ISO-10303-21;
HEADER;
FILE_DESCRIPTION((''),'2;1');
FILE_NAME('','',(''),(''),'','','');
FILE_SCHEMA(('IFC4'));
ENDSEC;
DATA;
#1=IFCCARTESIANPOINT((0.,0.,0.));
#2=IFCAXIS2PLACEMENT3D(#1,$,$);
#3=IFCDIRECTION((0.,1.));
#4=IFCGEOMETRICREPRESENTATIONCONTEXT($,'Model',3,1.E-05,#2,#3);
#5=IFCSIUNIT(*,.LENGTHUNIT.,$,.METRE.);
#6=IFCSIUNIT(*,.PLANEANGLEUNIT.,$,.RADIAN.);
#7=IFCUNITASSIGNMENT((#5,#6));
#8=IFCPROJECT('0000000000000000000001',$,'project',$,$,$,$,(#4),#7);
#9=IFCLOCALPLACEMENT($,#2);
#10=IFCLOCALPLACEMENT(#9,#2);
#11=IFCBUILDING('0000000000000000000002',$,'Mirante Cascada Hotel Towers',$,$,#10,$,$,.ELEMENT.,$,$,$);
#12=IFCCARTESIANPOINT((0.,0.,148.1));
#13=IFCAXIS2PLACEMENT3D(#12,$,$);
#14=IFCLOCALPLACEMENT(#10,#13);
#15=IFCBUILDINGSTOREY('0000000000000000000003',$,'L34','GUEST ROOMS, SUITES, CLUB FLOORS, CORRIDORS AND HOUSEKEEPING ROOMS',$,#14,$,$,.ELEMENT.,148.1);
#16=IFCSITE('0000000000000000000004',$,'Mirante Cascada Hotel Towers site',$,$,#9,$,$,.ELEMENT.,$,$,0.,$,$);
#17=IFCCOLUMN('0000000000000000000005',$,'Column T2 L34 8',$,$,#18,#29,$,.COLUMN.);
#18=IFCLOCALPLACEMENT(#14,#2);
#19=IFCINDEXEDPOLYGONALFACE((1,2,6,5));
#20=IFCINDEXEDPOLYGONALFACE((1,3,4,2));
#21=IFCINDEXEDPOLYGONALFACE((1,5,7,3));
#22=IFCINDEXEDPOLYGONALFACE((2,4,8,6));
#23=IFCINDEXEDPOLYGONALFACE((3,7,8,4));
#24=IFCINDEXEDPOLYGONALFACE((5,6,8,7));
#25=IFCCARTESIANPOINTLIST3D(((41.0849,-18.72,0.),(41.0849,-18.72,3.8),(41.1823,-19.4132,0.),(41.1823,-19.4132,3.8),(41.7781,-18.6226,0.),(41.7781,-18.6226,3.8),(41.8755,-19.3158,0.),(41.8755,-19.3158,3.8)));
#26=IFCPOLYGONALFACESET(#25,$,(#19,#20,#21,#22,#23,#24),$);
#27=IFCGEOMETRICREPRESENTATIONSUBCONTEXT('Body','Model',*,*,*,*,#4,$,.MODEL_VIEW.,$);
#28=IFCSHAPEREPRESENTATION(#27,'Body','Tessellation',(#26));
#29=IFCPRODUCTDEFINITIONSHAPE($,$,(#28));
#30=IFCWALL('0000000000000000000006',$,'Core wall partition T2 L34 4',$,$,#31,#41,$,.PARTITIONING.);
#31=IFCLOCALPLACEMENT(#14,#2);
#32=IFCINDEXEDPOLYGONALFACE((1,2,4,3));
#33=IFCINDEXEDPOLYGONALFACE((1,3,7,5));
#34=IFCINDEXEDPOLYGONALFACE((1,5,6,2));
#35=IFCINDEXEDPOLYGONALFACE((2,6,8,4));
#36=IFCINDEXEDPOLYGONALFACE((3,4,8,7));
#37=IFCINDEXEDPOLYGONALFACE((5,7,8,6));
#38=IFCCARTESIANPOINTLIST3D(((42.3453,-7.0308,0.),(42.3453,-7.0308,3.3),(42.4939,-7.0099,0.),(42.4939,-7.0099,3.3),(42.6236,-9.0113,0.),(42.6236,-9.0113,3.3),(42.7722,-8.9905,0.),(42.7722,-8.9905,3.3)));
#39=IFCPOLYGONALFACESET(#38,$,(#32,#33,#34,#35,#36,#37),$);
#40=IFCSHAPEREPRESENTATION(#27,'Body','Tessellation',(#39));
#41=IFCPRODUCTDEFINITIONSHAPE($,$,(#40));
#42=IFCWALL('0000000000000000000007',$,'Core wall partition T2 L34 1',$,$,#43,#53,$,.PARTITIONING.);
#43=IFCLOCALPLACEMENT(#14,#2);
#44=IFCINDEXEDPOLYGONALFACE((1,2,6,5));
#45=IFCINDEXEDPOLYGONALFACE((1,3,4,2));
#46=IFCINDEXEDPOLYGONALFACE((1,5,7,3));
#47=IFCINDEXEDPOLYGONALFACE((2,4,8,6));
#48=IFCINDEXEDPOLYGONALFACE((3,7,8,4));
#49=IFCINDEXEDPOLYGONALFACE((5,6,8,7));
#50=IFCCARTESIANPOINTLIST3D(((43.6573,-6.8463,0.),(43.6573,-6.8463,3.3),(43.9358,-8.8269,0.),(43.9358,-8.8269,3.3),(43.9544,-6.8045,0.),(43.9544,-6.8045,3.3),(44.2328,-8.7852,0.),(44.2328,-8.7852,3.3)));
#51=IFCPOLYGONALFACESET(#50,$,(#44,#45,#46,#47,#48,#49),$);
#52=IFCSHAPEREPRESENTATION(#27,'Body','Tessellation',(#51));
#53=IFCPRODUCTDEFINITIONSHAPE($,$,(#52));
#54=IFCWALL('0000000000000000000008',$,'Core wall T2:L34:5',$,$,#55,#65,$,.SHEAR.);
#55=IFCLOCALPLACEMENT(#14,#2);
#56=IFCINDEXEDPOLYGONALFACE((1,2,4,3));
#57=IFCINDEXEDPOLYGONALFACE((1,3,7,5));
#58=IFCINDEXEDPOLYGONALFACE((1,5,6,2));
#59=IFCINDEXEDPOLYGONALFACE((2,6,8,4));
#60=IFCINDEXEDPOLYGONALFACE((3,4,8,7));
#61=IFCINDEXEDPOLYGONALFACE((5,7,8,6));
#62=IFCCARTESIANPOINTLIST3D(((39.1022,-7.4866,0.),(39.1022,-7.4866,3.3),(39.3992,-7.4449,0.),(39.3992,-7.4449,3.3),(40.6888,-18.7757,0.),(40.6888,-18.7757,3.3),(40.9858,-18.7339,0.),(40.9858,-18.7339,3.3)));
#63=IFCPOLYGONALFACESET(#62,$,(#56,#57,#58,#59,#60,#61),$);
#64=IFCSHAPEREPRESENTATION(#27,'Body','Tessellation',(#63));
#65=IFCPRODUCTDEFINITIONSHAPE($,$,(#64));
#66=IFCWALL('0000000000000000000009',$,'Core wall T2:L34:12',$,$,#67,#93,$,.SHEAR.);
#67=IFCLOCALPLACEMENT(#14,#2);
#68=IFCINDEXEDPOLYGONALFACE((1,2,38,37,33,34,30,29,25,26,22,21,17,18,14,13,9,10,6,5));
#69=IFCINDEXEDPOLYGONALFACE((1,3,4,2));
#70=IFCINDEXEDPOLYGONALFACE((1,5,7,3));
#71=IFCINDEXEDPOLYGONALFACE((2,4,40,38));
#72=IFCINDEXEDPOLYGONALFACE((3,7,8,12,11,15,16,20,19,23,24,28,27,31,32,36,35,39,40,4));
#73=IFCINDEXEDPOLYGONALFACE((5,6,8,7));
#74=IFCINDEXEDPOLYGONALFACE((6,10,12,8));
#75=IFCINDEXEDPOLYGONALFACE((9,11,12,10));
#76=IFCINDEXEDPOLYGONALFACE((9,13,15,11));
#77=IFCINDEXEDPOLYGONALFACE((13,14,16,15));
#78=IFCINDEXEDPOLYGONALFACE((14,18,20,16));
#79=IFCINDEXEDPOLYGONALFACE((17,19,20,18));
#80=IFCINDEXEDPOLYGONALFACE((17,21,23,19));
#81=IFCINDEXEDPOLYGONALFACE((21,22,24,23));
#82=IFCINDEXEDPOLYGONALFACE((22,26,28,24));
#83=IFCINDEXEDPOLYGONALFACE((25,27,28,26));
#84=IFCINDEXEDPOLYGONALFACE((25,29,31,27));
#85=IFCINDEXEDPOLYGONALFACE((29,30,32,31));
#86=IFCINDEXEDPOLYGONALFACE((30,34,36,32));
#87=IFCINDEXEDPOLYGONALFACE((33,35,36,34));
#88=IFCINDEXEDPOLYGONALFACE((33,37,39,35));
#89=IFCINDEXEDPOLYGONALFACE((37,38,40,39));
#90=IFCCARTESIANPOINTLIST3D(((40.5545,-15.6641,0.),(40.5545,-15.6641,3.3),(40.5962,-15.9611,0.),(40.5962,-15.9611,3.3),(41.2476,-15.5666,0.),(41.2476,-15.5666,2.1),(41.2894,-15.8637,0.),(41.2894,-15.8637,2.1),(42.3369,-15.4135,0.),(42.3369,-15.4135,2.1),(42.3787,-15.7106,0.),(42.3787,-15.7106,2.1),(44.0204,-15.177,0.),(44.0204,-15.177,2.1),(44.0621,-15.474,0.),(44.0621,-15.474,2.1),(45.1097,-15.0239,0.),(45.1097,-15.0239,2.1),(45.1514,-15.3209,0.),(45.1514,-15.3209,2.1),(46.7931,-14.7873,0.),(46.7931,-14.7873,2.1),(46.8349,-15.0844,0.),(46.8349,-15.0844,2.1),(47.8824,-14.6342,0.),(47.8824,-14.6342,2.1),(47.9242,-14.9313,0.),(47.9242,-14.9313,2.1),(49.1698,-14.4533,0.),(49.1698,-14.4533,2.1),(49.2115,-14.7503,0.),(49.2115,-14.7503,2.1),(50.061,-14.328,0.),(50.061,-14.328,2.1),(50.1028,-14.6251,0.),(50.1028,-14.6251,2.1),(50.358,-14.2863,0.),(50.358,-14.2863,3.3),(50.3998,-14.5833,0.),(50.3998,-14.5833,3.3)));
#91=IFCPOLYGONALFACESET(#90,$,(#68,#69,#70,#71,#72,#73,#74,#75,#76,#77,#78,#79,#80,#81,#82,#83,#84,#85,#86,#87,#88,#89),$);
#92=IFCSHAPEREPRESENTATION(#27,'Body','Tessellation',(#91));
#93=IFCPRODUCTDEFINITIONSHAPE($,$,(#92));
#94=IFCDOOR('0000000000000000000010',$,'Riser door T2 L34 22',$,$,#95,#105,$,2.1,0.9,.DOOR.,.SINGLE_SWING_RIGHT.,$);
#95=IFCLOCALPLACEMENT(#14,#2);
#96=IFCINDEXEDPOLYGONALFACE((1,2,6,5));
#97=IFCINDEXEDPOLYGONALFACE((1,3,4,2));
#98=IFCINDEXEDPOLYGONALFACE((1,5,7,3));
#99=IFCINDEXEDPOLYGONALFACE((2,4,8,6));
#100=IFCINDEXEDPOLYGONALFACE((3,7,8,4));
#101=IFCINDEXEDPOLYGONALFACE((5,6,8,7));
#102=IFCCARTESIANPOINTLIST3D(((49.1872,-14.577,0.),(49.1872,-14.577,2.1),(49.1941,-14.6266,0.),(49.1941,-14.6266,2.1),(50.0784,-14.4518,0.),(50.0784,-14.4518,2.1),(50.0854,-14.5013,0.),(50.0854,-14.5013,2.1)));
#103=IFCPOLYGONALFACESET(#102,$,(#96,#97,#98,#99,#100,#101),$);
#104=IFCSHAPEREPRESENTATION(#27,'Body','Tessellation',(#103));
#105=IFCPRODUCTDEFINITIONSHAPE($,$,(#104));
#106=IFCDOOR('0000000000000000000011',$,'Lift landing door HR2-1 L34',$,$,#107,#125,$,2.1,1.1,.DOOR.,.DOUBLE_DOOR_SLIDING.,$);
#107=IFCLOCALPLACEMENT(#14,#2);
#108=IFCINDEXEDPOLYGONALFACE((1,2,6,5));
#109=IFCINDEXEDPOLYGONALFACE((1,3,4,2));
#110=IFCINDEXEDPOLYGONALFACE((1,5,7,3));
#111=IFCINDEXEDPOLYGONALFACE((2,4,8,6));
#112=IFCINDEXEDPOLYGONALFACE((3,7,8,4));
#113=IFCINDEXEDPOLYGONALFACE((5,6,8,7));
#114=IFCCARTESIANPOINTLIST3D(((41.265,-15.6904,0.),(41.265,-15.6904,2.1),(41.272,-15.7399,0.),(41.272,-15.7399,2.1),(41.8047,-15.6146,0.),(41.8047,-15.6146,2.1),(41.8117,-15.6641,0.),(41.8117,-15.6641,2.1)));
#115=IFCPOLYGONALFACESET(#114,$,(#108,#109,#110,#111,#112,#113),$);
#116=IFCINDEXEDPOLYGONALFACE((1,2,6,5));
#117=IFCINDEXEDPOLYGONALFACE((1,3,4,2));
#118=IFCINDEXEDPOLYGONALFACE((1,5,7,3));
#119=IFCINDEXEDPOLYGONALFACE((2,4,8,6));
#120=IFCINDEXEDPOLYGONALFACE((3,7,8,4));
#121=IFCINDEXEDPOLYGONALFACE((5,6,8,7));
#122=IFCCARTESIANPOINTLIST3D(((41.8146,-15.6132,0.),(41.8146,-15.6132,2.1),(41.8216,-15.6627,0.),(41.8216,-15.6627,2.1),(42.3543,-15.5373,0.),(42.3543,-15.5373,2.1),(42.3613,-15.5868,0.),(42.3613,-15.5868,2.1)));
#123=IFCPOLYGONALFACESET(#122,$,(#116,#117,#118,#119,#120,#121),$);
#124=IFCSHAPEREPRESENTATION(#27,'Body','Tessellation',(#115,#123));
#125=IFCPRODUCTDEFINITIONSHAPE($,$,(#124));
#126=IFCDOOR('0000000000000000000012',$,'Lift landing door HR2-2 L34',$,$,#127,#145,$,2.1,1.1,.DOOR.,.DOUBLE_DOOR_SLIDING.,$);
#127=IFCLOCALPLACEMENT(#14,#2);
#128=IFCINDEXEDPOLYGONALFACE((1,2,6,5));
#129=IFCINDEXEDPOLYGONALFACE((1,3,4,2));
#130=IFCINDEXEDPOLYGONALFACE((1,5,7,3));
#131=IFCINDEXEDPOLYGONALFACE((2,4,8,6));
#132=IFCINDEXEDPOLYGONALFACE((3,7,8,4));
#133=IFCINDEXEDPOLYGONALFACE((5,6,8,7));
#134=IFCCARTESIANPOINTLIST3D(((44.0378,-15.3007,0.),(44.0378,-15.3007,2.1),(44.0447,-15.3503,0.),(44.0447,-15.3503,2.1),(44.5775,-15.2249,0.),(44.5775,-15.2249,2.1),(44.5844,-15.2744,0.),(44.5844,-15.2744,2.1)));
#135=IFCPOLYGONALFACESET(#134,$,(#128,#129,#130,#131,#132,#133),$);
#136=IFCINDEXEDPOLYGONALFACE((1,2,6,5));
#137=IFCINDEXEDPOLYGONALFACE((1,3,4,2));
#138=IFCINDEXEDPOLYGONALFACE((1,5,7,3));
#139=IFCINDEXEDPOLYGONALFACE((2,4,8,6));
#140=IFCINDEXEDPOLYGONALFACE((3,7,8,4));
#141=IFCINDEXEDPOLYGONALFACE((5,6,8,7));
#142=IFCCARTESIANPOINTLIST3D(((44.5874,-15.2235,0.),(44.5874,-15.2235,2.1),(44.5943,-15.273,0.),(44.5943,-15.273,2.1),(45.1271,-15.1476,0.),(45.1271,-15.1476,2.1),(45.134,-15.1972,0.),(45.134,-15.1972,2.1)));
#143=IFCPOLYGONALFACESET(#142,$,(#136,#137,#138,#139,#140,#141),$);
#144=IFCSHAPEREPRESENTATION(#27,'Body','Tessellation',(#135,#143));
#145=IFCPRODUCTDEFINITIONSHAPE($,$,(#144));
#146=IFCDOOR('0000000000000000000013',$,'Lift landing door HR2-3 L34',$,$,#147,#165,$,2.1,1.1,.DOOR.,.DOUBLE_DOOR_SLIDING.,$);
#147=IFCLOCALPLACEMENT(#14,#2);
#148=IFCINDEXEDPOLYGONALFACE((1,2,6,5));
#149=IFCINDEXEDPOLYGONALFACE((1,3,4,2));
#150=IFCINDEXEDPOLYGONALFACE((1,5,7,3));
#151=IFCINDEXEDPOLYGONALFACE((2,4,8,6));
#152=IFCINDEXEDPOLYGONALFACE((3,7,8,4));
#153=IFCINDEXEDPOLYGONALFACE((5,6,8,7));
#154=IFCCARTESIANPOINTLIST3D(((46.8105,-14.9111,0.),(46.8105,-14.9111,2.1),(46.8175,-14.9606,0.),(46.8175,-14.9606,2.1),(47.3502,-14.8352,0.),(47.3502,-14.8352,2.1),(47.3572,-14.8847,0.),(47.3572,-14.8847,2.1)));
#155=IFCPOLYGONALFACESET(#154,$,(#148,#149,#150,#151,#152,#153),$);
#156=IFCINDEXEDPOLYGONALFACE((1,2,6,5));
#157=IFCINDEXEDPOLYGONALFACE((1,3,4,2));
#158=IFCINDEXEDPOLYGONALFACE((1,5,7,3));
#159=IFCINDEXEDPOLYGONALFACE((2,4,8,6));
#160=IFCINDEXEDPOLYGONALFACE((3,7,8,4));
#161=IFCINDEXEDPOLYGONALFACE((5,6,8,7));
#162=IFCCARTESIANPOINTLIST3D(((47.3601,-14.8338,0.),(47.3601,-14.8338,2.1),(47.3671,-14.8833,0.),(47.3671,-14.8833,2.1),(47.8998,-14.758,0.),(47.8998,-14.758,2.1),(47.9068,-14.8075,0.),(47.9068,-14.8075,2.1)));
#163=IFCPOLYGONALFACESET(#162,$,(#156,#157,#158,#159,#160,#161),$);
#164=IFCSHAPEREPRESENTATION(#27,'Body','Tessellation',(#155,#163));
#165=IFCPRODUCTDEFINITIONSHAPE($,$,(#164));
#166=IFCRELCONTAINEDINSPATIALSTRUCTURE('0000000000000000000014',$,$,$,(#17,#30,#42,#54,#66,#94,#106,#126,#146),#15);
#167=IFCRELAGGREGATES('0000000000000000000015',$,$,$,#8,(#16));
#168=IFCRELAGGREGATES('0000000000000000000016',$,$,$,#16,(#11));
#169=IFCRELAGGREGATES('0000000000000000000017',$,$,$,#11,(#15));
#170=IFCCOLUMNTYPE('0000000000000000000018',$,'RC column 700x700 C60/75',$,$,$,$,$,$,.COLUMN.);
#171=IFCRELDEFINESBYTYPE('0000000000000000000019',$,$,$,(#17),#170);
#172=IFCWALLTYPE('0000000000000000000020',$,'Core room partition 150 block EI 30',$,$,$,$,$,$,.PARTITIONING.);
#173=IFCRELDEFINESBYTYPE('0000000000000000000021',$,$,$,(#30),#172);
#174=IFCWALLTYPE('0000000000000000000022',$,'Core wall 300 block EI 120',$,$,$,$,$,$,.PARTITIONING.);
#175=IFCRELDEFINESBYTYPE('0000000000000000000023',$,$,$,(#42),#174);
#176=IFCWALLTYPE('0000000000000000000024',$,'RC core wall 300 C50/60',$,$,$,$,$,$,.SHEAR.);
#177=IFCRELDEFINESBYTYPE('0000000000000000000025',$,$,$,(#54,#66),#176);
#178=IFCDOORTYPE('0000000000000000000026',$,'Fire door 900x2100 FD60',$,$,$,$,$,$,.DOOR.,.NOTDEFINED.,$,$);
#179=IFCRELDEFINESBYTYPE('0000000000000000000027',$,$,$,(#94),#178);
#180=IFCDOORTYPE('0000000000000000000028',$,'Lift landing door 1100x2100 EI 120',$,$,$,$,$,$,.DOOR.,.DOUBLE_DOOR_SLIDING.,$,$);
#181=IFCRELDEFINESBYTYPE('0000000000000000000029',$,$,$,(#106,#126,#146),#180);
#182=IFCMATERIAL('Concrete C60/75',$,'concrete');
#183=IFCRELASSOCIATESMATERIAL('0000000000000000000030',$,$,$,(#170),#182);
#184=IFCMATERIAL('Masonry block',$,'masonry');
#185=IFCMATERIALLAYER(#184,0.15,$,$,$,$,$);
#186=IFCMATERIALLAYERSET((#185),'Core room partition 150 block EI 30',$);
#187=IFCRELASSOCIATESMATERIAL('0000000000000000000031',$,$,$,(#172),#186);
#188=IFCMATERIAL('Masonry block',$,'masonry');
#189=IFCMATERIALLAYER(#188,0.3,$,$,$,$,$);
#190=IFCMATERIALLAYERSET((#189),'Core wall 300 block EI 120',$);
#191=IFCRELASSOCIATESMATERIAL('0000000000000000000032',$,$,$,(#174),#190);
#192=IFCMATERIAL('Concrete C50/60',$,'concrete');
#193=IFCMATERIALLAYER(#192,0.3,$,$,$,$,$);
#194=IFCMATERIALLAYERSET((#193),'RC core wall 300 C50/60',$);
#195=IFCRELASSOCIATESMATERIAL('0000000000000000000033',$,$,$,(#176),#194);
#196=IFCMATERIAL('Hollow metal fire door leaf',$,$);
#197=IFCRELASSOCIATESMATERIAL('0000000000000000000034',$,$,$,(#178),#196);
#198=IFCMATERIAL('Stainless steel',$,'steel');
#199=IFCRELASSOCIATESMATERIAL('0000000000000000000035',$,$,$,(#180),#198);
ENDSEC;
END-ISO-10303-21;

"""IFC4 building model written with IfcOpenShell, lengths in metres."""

from ifc_helpers import new_model, si_unit, direction, frame, frame_2d, origin, origin_2d, place, context, subcontext, project, spatial, rectangle, extrude, material, layer, layer_set, material_profile, profile_set, type_object, element, fill, save


model = new_model("IFC4")

# Units and contexts
model_context = context("Model", 3, precision=1e-05, world=origin(), true_north=direction((0.0, 1.0)))
body_context = subcontext(model_context, "Body", "Model", "MODEL_VIEW")
ifc_project = project(units=[si_unit("LENGTHUNIT", "METRE"), si_unit("PLANEANGLEUNIT", "RADIAN")], contexts=[model_context])

# Site, building, storey
site_placement = place(None, origin())
site = spatial("IfcSite", under=ifc_project, at=site_placement, Name="Mirante Cascada Hotel Towers site", CompositionType="ELEMENT", RefElevation=0.0)
building_placement = place(site_placement, origin())
building = spatial("IfcBuilding", under=site, at=building_placement, Name="Mirante Cascada Hotel Towers", CompositionType="ELEMENT")
storey_placement = place(building_placement, frame((0.0, 0.0, 148.1)))
storey = spatial("IfcBuildingStorey", under=building, at=storey_placement, Name="L34", Description="GUEST ROOMS, SUITES, CLUB FLOORS, CORRIDORS AND HOUSEKEEPING ROOMS", CompositionType="ELEMENT", Elevation=148.1)

# Column
ifc_material_1 = material(Name="Concrete C60/75", Category="concrete")
ifc_material_profile = material_profile(ifc_material_1, rectangle(XDim=0.7, YDim=0.7, at=origin_2d()), Name="RC column 700x700 C60/75")
ifc_profile_set = profile_set([ifc_material_profile], Name="Concrete C60/75")
column_type = type_object("IfcColumnType", Name="RC column 700x700 C60/75", PredefinedType="COLUMN", material=ifc_profile_set)
column_placement = place(storey_placement, frame((41.4802, -19.0179, 0.0), z_axis=(0.0, 0.0, 1.0), x_axis=(0.990268, 0.139173, 0.0)))
element("IfcColumn", 1, at=column_placement, inside=storey, type_object=column_type, Name="Column T2 L34 8", PredefinedType="COLUMN", context=body_context, shape_type="SweptSolid", body=[
    extrude(rectangle(XDim=0.7, YDim=0.7, at=origin_2d()), origin(), (0.0, 0.0, 1.0), 3.8),
])

# Walls
ifc_material_2 = material(Name="Masonry block", Category="masonry")
ifc_layer_1 = layer(ifc_material_2, 0.15)
ifc_layer_set_1 = layer_set([ifc_layer_1], Name="Core room partition 150 block EI 30")
wall_type_1 = type_object("IfcWallType", Name="Core room partition 150 block EI 30", PredefinedType="PARTITIONING", material=ifc_layer_set_1)
wall_1_placement = place(storey_placement, frame((42.6979, -9.0009, 0.0), z_axis=(0.0, 0.0, 1.0), x_axis=(-0.139153, 0.990271, 0.0)))
element("IfcWall", 2, at=wall_1_placement, inside=storey, type_object=wall_type_1, Name="Core wall partition T2 L34 4", PredefinedType="PARTITIONING", context=body_context, shape_type="SweptSolid", body=[
    extrude(rectangle(XDim=2.0, YDim=0.15, at=frame_2d((1.0, 0.0))), origin(), (0.0, 0.0, 1.0), 3.3),
])
ifc_material_3 = material(Name="Masonry block", Category="masonry")
ifc_layer_2 = layer(ifc_material_3, 0.3)
ifc_layer_set_2 = layer_set([ifc_layer_2], Name="Core wall 300 block EI 120")
wall_type_2 = type_object("IfcWallType", Name="Core wall 300 block EI 120", PredefinedType="PARTITIONING", material=ifc_layer_set_2)
wall_2_placement = place(storey_placement, frame((44.0843, -8.8061, 0.0), z_axis=(0.0, 0.0, 1.0), x_axis=(-0.139195, 0.990265, 0.0)))
element("IfcWall", 3, at=wall_2_placement, inside=storey, type_object=wall_type_2, Name="Core wall partition T2 L34 1", PredefinedType="PARTITIONING", context=body_context, shape_type="SweptSolid", body=[
    extrude(rectangle(XDim=2.0001, YDim=0.3, at=frame_2d((1.0001, 0.0))), origin(), (0.0, 0.0, 1.0), 3.3),
])
ifc_material_4 = material(Name="Concrete C50/60", Category="concrete")
ifc_layer_3 = layer(ifc_material_4, 0.3)
ifc_layer_set_3 = layer_set([ifc_layer_3], Name="RC core wall 300 C50/60")
wall_type_3 = type_object("IfcWallType", Name="RC core wall 300 C50/60", PredefinedType="SHEAR", material=ifc_layer_set_3)
wall_3_placement = place(storey_placement, frame((40.8373, -18.7548, 0.0), z_axis=(0.0, 0.0, 1.0), x_axis=(-0.139175, 0.990268, 0.0)))
element("IfcWall", 4, at=wall_3_placement, inside=storey, type_object=wall_type_3, Name="Core wall T2:L34:5", PredefinedType="SHEAR", context=body_context, shape_type="SweptSolid", body=[
    extrude(rectangle(XDim=11.4, YDim=0.3, at=frame_2d((5.7, 0.0))), origin(), (0.0, 0.0, 1.0), 3.3),
])

# Wall, openings, doors
wall_4_placement = place(storey_placement, frame((40.5753, -15.8126, 0.0), z_axis=(0.0, 0.0, 1.0), x_axis=(0.990268, 0.139173, 0.0)))
wall_4 = element("IfcWall", 5, at=wall_4_placement, inside=storey, type_object=wall_type_3, Name="Core wall T2:L34:12", PredefinedType="SHEAR", context=body_context, shape_type="SweptSolid", body=[
    extrude(rectangle(XDim=9.8999, YDim=0.3, at=frame_2d((4.95, 0.0))), origin(), (0.0, 0.0, 1.0), 3.3),
])
opening_1_placement = place(wall_4_placement, frame((0.7, 0.0, 0.0)))
opening_1 = element("IfcOpeningElement", 6, at=opening_1_placement, cuts=wall_4, PredefinedType="OPENING", context=body_context, shape_type="SweptSolid", body=[
    extrude(rectangle(XDim=1.1, YDim=2.1, at=frame_2d((0.55, 1.05))), frame((0.0, 0.15, 0.0), z_axis=(0.0, -1.0, 0.0), x_axis=(1.0, 0.0, 0.0)), (0.0, 0.0, 1.0), 0.3),
])
opening_2_placement = place(wall_4_placement, frame((3.5, 0.0, 0.0)))
opening_2 = element("IfcOpeningElement", 7, at=opening_2_placement, cuts=wall_4, PredefinedType="OPENING", context=body_context, shape_type="SweptSolid", body=[
    extrude(rectangle(XDim=1.1, YDim=2.1, at=frame_2d((0.55, 1.05))), frame((0.0, 0.15, 0.0), z_axis=(0.0, -1.0, 0.0), x_axis=(1.0, 0.0, 0.0)), (0.0, 0.0, 1.0), 0.3),
])
opening_3_placement = place(wall_4_placement, frame((6.3, 0.0, 0.0)))
opening_3 = element("IfcOpeningElement", 8, at=opening_3_placement, cuts=wall_4, PredefinedType="OPENING", context=body_context, shape_type="SweptSolid", body=[
    extrude(rectangle(XDim=1.1, YDim=2.1, at=frame_2d((0.55, 1.05))), frame((0.0, 0.15, 0.0), z_axis=(0.0, -1.0, 0.0), x_axis=(1.0, 0.0, 0.0)), (0.0, 0.0, 1.0), 0.3),
])
opening_4_placement = place(wall_4_placement, frame((8.7, 0.0, 0.0)))
opening_4 = element("IfcOpeningElement", 9, at=opening_4_placement, cuts=wall_4, PredefinedType="OPENING", context=body_context, shape_type="SweptSolid", body=[
    extrude(rectangle(XDim=0.9, YDim=2.1, at=frame_2d((0.45, 1.05))), frame((0.0, 0.15, 0.0), z_axis=(0.0, -1.0, 0.0), x_axis=(1.0, 0.0, 0.0)), (0.0, 0.0, 1.0), 0.3),
])
ifc_material_5 = material(Name="Hollow metal fire door leaf")
door_type_1 = type_object("IfcDoorType", Name="Fire door 900x2100 FD60", OperationType="NOTDEFINED", PredefinedType="DOOR", material=ifc_material_5)
door_1_placement = place(opening_4_placement, frame((0.9, 0.0, 0.0), z_axis=(0.0, 0.0, 1.0), x_axis=(-1.0, 0.0, 0.0)))
door_1 = element("IfcDoor", 10, at=door_1_placement, inside=storey, type_object=door_type_1, Name="Riser door T2 L34 22", OperationType="SINGLE_SWING_RIGHT", OverallHeight=2.1, OverallWidth=0.9, PredefinedType="DOOR", context=body_context, shape_type="SweptSolid", body=[
    extrude(rectangle(XDim=0.9, YDim=2.1, at=frame_2d((0.45, 1.05))), frame((0.0, 0.025, 0.0), z_axis=(0.0, -1.0, 0.0), x_axis=(1.0, 0.0, 0.0)), (0.0, 0.0, 1.0), 0.05),
])
fill(opening_4, door_1)
ifc_material_6 = material(Name="Stainless steel", Category="steel")
door_type_2 = type_object("IfcDoorType", Name="Lift landing door 1100x2100 EI 120", OperationType="DOUBLE_DOOR_SLIDING", PredefinedType="DOOR", material=ifc_material_6)
door_2_placement = place(opening_1_placement, origin())
door_2 = element("IfcDoor", 11, at=door_2_placement, inside=storey, type_object=door_type_2, Name="Lift landing door HR2-1 L34", OperationType="DOUBLE_DOOR_SLIDING", OverallHeight=2.1, OverallWidth=1.1, PredefinedType="DOOR", context=body_context, shape_type="SweptSolid", body=[
    extrude(rectangle(XDim=0.545, YDim=2.1, at=frame_2d((0.2725, 1.05))), frame((0.0, 0.025, 0.0), z_axis=(0.0, -1.0, 0.0), x_axis=(1.0, 0.0, 0.0)), (0.0, 0.0, 1.0), 0.05),
    extrude(rectangle(XDim=0.545, YDim=2.1, at=frame_2d((0.8275, 1.05))), frame((0.0, 0.025, 0.0), z_axis=(0.0, -1.0, 0.0), x_axis=(1.0, 0.0, 0.0)), (0.0, 0.0, 1.0), 0.05),
])
fill(opening_1, door_2)
door_3_placement = place(opening_2_placement, origin())
door_3 = element("IfcDoor", 12, at=door_3_placement, inside=storey, type_object=door_type_2, Name="Lift landing door HR2-2 L34", OperationType="DOUBLE_DOOR_SLIDING", OverallHeight=2.1, OverallWidth=1.1, PredefinedType="DOOR", context=body_context, shape_type="SweptSolid", body=[
    extrude(rectangle(XDim=0.545, YDim=2.1, at=frame_2d((0.2725, 1.05))), frame((0.0, 0.025, 0.0), z_axis=(0.0, -1.0, 0.0), x_axis=(1.0, 0.0, 0.0)), (0.0, 0.0, 1.0), 0.05),
    extrude(rectangle(XDim=0.545, YDim=2.1, at=frame_2d((0.8275, 1.05))), frame((0.0, 0.025, 0.0), z_axis=(0.0, -1.0, 0.0), x_axis=(1.0, 0.0, 0.0)), (0.0, 0.0, 1.0), 0.05),
])
fill(opening_2, door_3)
door_4_placement = place(opening_3_placement, origin())
door_4 = element("IfcDoor", 13, at=door_4_placement, inside=storey, type_object=door_type_2, Name="Lift landing door HR2-3 L34", OperationType="DOUBLE_DOOR_SLIDING", OverallHeight=2.1, OverallWidth=1.1, PredefinedType="DOOR", context=body_context, shape_type="SweptSolid", body=[
    extrude(rectangle(XDim=0.545, YDim=2.1, at=frame_2d((0.2725, 1.05))), frame((0.0, 0.025, 0.0), z_axis=(0.0, -1.0, 0.0), x_axis=(1.0, 0.0, 0.0)), (0.0, 0.0, 1.0), 0.05),
    extrude(rectangle(XDim=0.545, YDim=2.1, at=frame_2d((0.8275, 1.05))), frame((0.0, 0.025, 0.0), z_axis=(0.0, -1.0, 0.0), x_axis=(1.0, 0.0, 0.0)), (0.0, 0.0, 1.0), 0.05),
])
fill(opening_3, door_4)

save(model, "model.ifc")
